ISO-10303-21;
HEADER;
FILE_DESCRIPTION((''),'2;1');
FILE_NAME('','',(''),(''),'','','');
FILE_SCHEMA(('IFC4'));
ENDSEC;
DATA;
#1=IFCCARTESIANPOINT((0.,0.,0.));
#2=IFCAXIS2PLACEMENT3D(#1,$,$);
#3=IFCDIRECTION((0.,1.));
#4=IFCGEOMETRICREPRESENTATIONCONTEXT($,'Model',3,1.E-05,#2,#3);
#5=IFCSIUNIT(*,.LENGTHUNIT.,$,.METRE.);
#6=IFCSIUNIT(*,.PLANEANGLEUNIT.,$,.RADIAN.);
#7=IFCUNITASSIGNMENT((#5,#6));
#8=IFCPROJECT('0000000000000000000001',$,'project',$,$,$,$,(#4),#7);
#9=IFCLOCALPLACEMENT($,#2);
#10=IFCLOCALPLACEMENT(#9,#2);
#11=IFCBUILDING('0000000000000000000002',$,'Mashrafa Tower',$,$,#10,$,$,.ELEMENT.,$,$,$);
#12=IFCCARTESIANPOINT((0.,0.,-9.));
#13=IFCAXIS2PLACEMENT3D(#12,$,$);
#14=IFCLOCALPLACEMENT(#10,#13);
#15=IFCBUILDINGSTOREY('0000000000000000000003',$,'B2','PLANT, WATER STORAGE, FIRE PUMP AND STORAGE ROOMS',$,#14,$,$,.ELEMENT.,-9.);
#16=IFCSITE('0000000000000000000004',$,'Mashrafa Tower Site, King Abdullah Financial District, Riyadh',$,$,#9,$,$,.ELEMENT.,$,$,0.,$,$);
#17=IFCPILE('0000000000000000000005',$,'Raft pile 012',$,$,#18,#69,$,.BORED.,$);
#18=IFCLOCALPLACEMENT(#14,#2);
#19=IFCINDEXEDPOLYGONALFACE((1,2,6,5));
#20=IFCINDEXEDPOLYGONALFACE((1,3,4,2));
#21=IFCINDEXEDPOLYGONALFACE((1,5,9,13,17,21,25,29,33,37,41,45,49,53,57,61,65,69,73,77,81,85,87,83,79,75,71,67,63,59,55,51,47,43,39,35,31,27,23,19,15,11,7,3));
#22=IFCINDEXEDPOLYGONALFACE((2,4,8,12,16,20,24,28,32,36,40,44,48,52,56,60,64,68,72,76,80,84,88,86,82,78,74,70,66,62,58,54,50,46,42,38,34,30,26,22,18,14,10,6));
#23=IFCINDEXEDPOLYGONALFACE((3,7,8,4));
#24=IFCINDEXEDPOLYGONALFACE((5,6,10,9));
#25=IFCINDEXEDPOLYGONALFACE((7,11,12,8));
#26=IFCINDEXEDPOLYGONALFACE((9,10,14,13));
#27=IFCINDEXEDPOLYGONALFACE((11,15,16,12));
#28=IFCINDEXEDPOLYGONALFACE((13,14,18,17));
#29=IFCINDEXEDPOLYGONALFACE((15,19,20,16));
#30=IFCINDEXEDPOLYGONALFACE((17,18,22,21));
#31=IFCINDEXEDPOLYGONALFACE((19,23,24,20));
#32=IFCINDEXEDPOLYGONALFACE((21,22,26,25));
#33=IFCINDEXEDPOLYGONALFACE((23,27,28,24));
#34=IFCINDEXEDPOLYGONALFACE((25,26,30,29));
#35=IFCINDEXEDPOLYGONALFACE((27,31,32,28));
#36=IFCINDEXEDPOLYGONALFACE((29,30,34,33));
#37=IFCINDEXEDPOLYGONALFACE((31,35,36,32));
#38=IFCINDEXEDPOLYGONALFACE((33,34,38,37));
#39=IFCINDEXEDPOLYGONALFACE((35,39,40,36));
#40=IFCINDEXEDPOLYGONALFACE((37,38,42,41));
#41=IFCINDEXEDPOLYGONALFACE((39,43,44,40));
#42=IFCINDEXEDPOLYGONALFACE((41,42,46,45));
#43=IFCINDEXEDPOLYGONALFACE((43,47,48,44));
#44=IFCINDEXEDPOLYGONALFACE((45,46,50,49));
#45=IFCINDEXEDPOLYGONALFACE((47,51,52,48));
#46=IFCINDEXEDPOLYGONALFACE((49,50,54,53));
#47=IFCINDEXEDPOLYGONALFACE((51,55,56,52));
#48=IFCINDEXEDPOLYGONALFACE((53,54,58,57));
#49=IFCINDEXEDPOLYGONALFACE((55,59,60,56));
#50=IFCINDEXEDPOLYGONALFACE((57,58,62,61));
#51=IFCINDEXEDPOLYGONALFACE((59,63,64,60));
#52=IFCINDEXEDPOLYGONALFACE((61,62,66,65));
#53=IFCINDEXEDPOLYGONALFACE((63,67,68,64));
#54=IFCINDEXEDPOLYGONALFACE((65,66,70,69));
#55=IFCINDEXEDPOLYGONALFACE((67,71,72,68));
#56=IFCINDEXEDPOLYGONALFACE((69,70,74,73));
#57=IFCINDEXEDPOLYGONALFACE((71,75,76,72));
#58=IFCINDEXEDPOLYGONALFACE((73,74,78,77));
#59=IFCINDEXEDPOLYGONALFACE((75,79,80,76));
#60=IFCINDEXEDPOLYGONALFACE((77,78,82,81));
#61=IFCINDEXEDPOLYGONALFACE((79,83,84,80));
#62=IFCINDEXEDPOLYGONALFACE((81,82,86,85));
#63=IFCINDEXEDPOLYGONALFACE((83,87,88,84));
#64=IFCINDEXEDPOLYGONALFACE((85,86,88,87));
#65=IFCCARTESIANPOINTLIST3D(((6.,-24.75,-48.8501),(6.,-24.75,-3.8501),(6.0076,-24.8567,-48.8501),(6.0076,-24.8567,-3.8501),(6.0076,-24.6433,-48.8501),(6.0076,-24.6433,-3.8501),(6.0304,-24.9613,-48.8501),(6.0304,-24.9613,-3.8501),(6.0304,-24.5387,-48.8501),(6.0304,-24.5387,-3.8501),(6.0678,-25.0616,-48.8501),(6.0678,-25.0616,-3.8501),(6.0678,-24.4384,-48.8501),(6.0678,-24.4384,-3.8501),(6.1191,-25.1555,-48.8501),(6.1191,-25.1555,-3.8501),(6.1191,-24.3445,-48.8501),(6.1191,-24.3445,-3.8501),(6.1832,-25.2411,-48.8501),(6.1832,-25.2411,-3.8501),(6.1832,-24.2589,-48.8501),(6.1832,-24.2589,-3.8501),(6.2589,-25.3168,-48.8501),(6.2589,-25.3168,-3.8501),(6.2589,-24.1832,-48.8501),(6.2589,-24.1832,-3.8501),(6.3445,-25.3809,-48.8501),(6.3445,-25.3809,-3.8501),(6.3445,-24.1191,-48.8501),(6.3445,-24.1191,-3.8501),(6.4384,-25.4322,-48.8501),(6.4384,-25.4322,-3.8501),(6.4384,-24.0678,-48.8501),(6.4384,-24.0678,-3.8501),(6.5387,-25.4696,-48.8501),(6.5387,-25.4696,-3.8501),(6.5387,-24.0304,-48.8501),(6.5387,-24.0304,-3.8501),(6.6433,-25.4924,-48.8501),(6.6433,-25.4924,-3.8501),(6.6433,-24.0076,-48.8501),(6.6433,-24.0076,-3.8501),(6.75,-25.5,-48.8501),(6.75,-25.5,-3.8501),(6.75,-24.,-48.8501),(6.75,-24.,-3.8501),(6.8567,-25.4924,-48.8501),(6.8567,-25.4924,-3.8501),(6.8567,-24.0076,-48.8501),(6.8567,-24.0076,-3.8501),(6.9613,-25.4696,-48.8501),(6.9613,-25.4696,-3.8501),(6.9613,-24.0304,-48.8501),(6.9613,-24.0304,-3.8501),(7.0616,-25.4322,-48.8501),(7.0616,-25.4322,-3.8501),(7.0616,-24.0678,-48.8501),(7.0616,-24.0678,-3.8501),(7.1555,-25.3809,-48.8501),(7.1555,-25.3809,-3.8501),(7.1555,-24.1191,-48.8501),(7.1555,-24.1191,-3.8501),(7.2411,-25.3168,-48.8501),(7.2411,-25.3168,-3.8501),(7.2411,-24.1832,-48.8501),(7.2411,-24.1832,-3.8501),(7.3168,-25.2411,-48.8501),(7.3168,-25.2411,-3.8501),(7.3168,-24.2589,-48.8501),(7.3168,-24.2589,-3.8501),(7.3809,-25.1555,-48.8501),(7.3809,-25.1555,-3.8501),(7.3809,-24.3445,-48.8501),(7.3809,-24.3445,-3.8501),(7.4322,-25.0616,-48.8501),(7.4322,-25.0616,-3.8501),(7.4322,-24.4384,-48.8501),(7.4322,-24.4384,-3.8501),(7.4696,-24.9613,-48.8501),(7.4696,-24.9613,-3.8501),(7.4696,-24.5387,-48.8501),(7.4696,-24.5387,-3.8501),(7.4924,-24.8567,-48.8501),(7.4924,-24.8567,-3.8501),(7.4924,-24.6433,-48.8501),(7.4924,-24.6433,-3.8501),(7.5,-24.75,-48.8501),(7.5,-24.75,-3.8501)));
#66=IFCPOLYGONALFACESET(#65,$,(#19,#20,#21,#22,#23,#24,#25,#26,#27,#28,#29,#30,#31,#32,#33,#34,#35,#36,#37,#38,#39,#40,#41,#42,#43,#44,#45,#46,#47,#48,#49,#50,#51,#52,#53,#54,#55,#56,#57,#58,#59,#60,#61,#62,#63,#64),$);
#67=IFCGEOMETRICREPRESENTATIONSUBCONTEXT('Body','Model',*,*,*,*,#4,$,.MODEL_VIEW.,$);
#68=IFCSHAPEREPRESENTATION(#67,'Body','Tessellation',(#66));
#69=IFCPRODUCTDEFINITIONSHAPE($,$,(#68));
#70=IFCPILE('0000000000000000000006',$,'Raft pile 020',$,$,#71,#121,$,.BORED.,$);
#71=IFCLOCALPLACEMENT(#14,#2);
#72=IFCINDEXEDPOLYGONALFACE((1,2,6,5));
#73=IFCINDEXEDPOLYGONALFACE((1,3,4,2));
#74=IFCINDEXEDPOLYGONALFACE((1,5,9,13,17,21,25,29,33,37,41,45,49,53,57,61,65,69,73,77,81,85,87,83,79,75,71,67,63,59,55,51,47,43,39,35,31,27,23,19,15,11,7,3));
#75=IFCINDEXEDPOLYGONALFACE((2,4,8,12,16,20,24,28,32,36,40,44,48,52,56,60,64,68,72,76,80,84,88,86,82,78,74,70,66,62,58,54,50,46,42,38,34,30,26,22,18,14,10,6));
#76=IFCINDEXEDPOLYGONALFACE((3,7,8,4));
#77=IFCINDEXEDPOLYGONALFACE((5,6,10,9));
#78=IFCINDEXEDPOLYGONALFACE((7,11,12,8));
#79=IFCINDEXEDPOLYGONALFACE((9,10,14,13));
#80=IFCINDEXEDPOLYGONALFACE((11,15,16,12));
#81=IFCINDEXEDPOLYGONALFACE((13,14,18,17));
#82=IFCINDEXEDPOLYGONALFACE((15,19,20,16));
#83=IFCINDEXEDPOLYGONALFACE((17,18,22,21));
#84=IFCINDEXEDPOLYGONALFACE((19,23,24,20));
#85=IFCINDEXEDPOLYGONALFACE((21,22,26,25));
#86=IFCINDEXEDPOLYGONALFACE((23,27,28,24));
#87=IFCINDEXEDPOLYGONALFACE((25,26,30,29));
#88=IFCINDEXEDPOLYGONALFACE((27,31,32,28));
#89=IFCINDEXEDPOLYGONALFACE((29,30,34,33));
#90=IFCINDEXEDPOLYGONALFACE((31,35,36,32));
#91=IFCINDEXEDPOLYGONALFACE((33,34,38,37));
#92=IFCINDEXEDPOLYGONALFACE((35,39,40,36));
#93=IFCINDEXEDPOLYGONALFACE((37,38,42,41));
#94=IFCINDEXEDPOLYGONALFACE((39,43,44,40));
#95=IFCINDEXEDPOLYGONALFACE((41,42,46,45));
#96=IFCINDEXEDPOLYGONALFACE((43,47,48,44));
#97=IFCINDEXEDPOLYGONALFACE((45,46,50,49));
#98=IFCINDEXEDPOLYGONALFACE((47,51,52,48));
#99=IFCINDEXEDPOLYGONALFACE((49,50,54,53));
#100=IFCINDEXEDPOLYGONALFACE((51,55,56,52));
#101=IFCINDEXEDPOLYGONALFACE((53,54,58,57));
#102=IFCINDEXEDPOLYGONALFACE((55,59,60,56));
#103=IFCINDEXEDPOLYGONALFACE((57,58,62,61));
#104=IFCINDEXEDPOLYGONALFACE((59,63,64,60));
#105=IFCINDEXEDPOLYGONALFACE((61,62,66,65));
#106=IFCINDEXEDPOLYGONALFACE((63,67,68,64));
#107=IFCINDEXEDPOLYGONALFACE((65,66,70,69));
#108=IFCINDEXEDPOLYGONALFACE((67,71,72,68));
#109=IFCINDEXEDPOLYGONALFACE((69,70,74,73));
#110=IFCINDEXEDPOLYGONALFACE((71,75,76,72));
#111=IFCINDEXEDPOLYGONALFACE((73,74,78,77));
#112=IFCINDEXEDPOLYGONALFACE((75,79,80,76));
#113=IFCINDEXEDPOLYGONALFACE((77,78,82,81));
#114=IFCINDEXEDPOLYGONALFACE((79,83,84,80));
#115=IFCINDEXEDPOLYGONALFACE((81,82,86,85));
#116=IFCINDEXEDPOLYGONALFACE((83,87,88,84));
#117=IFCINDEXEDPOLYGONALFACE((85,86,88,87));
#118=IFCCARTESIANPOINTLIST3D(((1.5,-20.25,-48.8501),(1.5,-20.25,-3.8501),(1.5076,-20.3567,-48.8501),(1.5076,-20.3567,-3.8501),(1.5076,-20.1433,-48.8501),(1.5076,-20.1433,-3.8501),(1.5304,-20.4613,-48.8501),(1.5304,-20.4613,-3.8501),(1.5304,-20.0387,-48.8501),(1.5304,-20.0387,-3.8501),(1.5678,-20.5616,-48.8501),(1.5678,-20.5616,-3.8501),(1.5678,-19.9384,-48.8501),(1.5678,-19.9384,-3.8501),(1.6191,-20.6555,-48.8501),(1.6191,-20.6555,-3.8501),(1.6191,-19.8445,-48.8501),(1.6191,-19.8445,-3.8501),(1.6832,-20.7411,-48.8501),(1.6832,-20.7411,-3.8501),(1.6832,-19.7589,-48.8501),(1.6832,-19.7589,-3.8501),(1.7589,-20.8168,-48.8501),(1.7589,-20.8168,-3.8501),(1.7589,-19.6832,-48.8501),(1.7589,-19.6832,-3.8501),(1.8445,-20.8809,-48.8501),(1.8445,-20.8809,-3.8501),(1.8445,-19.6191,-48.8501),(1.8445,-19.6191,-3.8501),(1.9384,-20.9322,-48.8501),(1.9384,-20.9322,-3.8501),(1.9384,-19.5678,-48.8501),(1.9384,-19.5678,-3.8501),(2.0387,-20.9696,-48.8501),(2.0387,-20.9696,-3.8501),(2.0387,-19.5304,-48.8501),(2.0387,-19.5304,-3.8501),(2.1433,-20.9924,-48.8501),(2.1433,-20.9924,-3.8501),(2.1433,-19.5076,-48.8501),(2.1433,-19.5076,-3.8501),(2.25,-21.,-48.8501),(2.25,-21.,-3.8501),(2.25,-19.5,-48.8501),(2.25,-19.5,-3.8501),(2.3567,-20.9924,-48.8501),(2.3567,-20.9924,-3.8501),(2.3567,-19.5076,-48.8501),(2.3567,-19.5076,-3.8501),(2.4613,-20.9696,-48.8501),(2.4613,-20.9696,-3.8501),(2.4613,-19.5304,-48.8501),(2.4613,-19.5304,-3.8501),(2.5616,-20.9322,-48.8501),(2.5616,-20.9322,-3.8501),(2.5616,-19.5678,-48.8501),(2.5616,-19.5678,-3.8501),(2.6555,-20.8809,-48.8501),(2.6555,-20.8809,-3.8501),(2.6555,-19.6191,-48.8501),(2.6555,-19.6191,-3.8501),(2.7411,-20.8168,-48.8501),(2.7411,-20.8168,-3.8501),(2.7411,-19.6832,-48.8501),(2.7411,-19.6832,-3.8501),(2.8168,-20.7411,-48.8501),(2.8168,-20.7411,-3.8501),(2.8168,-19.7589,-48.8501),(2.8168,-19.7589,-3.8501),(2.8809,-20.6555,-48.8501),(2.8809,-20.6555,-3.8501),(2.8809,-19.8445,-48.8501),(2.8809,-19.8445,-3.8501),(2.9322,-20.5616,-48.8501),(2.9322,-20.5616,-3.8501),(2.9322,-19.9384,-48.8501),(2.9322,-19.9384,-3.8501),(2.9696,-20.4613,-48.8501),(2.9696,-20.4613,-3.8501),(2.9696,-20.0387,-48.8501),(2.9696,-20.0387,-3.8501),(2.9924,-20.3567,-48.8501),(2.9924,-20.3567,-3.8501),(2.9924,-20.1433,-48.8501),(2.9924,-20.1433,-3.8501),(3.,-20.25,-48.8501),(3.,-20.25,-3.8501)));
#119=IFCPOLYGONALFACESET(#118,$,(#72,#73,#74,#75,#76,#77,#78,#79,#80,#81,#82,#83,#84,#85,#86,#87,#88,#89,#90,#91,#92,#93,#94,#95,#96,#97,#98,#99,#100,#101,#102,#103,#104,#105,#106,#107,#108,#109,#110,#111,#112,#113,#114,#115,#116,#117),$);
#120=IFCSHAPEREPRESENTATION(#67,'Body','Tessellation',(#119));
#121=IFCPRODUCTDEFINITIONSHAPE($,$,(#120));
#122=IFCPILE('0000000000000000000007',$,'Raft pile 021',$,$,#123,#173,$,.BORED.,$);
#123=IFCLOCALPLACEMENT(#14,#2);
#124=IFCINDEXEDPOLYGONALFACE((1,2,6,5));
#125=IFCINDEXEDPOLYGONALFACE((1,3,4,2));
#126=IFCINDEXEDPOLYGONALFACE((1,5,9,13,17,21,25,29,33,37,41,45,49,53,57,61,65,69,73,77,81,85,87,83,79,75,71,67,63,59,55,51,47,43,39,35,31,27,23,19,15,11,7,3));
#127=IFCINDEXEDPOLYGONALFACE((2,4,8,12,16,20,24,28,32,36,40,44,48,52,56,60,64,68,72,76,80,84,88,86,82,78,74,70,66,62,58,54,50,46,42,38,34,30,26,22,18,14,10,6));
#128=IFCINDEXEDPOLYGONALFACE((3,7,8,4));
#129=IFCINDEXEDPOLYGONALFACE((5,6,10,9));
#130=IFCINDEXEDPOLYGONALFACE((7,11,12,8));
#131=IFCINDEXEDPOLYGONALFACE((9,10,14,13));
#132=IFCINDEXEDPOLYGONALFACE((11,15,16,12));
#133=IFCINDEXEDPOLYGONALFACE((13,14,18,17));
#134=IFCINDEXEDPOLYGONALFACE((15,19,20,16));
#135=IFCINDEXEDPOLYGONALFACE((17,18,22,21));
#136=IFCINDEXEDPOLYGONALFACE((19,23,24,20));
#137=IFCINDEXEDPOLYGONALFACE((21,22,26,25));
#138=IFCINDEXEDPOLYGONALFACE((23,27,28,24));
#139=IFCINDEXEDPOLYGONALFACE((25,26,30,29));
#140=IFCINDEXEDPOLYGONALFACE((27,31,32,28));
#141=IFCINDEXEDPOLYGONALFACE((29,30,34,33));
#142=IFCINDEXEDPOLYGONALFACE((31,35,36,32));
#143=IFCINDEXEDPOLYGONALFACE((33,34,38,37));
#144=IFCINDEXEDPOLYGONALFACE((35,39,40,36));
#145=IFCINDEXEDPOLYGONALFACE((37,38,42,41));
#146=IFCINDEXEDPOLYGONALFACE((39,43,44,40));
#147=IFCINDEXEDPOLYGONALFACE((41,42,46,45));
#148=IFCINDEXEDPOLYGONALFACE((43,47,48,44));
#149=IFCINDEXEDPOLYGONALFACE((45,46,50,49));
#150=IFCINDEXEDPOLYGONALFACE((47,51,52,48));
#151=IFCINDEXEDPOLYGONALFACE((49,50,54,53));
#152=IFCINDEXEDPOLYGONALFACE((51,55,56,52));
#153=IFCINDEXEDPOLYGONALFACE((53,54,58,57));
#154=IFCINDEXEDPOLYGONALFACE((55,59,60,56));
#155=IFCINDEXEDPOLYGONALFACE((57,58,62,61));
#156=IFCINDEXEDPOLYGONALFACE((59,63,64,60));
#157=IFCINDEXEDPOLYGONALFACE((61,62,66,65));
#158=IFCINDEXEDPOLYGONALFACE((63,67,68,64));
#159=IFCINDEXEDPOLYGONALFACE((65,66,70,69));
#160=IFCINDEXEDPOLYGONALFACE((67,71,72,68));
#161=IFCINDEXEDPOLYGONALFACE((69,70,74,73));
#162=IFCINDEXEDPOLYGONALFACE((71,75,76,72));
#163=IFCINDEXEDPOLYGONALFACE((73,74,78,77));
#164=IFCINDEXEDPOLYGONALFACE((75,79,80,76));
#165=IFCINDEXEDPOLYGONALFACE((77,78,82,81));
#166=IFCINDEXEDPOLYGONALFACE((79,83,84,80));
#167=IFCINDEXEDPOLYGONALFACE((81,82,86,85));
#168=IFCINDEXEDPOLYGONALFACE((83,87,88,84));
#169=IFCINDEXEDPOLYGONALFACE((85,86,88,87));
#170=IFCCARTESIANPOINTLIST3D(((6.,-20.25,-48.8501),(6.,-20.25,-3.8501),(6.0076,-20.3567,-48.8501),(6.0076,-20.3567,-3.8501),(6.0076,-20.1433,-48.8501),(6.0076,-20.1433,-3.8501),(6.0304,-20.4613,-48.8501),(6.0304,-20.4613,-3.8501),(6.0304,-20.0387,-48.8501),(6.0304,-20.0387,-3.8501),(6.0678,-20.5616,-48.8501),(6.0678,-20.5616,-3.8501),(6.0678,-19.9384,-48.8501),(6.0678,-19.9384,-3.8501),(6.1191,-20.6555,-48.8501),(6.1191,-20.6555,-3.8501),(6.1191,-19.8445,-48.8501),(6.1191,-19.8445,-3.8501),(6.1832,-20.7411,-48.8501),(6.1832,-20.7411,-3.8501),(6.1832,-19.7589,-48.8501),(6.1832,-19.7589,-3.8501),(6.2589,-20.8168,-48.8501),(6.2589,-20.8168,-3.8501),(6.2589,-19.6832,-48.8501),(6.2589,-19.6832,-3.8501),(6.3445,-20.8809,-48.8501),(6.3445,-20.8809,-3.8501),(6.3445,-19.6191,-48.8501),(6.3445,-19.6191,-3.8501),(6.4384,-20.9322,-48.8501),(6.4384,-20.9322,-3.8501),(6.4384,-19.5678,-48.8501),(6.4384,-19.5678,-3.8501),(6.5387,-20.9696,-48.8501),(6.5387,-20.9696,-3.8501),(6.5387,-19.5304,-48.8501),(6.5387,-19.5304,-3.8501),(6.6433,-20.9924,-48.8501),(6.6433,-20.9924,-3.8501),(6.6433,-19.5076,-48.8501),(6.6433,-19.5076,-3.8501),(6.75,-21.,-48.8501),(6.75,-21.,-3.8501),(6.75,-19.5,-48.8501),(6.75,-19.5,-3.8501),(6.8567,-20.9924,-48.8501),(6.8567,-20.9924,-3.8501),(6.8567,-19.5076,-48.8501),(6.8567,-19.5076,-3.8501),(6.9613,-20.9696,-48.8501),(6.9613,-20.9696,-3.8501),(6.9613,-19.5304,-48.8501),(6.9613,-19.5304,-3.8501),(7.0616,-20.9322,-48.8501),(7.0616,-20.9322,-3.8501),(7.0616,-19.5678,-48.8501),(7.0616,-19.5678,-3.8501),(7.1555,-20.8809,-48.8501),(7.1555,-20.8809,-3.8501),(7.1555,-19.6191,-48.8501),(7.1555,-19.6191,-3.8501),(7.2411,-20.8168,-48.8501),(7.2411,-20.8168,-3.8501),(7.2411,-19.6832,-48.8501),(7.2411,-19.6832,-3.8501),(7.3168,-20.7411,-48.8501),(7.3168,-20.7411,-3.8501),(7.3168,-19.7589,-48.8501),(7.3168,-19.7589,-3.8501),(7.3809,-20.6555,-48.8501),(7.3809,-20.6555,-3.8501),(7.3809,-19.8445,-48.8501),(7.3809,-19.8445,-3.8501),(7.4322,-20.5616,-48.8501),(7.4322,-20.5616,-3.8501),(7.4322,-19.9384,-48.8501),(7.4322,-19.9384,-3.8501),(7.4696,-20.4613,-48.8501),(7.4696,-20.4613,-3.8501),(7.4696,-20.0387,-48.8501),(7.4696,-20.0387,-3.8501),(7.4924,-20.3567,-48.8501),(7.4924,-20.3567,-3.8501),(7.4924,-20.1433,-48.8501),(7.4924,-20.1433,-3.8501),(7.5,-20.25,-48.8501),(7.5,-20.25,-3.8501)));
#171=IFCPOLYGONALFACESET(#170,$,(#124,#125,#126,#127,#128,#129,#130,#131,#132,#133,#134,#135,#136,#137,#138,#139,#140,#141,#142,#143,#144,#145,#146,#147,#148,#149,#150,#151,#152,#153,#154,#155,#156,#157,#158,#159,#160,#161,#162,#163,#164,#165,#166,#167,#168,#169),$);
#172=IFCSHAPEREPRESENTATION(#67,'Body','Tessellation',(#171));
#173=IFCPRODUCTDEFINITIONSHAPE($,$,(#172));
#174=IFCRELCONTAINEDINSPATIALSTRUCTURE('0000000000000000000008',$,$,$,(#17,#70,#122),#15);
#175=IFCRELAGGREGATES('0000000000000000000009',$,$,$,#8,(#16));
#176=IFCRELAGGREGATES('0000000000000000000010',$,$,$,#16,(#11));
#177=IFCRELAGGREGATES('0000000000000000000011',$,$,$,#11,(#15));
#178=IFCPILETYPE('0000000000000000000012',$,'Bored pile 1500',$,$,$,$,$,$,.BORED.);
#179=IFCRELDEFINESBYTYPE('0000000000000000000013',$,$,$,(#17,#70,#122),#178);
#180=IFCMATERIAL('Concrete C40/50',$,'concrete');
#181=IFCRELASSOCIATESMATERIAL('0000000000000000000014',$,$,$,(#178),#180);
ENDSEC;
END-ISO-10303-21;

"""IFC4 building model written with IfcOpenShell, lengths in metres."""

from ifc_helpers import new_model, si_unit, direction, frame, origin, origin_2d, place, context, subcontext, project, spatial, circle, extrude, material, material_profile, profile_set, type_object, element, save


model = new_model("IFC4")

# Units and contexts
model_context = context("Model", 3, precision=1e-05, world=origin(), true_north=direction((0.0, 1.0)))
body_context = subcontext(model_context, "Body", "Model", "MODEL_VIEW")
ifc_project = project(units=[si_unit("LENGTHUNIT", "METRE"), si_unit("PLANEANGLEUNIT", "RADIAN")], contexts=[model_context])

# Site, building, storey
site_placement = place(None, origin())
site = spatial("IfcSite", under=ifc_project, at=site_placement, Name="Mashrafa Tower Site, King Abdullah Financial District, Riyadh", CompositionType="ELEMENT", RefElevation=0.0)
building_placement = place(site_placement, origin())
building = spatial("IfcBuilding", under=site, at=building_placement, Name="Mashrafa Tower", CompositionType="ELEMENT")
storey_placement = place(building_placement, frame((0.0, 0.0, -9.0)))
storey = spatial("IfcBuildingStorey", under=building, at=storey_placement, Name="B2", Description="PLANT, WATER STORAGE, FIRE PUMP AND STORAGE ROOMS", CompositionType="ELEMENT", Elevation=-9.0)

# Piles
ifc_material_1 = material(Name="Concrete C40/50", Category="concrete")
ifc_material_profile_1 = material_profile(ifc_material_1, circle(Radius=0.75, at=origin_2d()), Name="1500 DIA")
ifc_profile_set_1 = profile_set([ifc_material_profile_1], Name="Concrete C40/50")
pile_type_1 = type_object("IfcPileType", Name="Bored pile 1500", PredefinedType="BORED", material=ifc_profile_set_1)
for number, where, z_axis, x_axis, name in (
    (1, (6.75, -24.75, -3.8501), (0.0, 0.0, -1.0), (1.0, 0.0, 0.0), "Raft pile 012"),
    (2, (2.25, -20.25, -3.8501), (0.0, 0.0, -1.0), (1.0, 0.0, 0.0), "Raft pile 020"),
    (3, (6.75, -20.25, -3.8501), (0.0, 0.0, -1.0), (1.0, 0.0, 0.0), "Raft pile 021"),
):
    element("IfcPile", number, at=place(storey_placement, frame(where, z_axis=z_axis, x_axis=x_axis)), inside=storey, type_object=pile_type_1, Name=name, PredefinedType="BORED", context=body_context, shape_type="SweptSolid", body=[
        extrude(circle(Radius=0.75, at=origin_2d()), origin(), (0.0, 0.0, 1.0), 45.0),
    ])

save(model, "model.ifc")
